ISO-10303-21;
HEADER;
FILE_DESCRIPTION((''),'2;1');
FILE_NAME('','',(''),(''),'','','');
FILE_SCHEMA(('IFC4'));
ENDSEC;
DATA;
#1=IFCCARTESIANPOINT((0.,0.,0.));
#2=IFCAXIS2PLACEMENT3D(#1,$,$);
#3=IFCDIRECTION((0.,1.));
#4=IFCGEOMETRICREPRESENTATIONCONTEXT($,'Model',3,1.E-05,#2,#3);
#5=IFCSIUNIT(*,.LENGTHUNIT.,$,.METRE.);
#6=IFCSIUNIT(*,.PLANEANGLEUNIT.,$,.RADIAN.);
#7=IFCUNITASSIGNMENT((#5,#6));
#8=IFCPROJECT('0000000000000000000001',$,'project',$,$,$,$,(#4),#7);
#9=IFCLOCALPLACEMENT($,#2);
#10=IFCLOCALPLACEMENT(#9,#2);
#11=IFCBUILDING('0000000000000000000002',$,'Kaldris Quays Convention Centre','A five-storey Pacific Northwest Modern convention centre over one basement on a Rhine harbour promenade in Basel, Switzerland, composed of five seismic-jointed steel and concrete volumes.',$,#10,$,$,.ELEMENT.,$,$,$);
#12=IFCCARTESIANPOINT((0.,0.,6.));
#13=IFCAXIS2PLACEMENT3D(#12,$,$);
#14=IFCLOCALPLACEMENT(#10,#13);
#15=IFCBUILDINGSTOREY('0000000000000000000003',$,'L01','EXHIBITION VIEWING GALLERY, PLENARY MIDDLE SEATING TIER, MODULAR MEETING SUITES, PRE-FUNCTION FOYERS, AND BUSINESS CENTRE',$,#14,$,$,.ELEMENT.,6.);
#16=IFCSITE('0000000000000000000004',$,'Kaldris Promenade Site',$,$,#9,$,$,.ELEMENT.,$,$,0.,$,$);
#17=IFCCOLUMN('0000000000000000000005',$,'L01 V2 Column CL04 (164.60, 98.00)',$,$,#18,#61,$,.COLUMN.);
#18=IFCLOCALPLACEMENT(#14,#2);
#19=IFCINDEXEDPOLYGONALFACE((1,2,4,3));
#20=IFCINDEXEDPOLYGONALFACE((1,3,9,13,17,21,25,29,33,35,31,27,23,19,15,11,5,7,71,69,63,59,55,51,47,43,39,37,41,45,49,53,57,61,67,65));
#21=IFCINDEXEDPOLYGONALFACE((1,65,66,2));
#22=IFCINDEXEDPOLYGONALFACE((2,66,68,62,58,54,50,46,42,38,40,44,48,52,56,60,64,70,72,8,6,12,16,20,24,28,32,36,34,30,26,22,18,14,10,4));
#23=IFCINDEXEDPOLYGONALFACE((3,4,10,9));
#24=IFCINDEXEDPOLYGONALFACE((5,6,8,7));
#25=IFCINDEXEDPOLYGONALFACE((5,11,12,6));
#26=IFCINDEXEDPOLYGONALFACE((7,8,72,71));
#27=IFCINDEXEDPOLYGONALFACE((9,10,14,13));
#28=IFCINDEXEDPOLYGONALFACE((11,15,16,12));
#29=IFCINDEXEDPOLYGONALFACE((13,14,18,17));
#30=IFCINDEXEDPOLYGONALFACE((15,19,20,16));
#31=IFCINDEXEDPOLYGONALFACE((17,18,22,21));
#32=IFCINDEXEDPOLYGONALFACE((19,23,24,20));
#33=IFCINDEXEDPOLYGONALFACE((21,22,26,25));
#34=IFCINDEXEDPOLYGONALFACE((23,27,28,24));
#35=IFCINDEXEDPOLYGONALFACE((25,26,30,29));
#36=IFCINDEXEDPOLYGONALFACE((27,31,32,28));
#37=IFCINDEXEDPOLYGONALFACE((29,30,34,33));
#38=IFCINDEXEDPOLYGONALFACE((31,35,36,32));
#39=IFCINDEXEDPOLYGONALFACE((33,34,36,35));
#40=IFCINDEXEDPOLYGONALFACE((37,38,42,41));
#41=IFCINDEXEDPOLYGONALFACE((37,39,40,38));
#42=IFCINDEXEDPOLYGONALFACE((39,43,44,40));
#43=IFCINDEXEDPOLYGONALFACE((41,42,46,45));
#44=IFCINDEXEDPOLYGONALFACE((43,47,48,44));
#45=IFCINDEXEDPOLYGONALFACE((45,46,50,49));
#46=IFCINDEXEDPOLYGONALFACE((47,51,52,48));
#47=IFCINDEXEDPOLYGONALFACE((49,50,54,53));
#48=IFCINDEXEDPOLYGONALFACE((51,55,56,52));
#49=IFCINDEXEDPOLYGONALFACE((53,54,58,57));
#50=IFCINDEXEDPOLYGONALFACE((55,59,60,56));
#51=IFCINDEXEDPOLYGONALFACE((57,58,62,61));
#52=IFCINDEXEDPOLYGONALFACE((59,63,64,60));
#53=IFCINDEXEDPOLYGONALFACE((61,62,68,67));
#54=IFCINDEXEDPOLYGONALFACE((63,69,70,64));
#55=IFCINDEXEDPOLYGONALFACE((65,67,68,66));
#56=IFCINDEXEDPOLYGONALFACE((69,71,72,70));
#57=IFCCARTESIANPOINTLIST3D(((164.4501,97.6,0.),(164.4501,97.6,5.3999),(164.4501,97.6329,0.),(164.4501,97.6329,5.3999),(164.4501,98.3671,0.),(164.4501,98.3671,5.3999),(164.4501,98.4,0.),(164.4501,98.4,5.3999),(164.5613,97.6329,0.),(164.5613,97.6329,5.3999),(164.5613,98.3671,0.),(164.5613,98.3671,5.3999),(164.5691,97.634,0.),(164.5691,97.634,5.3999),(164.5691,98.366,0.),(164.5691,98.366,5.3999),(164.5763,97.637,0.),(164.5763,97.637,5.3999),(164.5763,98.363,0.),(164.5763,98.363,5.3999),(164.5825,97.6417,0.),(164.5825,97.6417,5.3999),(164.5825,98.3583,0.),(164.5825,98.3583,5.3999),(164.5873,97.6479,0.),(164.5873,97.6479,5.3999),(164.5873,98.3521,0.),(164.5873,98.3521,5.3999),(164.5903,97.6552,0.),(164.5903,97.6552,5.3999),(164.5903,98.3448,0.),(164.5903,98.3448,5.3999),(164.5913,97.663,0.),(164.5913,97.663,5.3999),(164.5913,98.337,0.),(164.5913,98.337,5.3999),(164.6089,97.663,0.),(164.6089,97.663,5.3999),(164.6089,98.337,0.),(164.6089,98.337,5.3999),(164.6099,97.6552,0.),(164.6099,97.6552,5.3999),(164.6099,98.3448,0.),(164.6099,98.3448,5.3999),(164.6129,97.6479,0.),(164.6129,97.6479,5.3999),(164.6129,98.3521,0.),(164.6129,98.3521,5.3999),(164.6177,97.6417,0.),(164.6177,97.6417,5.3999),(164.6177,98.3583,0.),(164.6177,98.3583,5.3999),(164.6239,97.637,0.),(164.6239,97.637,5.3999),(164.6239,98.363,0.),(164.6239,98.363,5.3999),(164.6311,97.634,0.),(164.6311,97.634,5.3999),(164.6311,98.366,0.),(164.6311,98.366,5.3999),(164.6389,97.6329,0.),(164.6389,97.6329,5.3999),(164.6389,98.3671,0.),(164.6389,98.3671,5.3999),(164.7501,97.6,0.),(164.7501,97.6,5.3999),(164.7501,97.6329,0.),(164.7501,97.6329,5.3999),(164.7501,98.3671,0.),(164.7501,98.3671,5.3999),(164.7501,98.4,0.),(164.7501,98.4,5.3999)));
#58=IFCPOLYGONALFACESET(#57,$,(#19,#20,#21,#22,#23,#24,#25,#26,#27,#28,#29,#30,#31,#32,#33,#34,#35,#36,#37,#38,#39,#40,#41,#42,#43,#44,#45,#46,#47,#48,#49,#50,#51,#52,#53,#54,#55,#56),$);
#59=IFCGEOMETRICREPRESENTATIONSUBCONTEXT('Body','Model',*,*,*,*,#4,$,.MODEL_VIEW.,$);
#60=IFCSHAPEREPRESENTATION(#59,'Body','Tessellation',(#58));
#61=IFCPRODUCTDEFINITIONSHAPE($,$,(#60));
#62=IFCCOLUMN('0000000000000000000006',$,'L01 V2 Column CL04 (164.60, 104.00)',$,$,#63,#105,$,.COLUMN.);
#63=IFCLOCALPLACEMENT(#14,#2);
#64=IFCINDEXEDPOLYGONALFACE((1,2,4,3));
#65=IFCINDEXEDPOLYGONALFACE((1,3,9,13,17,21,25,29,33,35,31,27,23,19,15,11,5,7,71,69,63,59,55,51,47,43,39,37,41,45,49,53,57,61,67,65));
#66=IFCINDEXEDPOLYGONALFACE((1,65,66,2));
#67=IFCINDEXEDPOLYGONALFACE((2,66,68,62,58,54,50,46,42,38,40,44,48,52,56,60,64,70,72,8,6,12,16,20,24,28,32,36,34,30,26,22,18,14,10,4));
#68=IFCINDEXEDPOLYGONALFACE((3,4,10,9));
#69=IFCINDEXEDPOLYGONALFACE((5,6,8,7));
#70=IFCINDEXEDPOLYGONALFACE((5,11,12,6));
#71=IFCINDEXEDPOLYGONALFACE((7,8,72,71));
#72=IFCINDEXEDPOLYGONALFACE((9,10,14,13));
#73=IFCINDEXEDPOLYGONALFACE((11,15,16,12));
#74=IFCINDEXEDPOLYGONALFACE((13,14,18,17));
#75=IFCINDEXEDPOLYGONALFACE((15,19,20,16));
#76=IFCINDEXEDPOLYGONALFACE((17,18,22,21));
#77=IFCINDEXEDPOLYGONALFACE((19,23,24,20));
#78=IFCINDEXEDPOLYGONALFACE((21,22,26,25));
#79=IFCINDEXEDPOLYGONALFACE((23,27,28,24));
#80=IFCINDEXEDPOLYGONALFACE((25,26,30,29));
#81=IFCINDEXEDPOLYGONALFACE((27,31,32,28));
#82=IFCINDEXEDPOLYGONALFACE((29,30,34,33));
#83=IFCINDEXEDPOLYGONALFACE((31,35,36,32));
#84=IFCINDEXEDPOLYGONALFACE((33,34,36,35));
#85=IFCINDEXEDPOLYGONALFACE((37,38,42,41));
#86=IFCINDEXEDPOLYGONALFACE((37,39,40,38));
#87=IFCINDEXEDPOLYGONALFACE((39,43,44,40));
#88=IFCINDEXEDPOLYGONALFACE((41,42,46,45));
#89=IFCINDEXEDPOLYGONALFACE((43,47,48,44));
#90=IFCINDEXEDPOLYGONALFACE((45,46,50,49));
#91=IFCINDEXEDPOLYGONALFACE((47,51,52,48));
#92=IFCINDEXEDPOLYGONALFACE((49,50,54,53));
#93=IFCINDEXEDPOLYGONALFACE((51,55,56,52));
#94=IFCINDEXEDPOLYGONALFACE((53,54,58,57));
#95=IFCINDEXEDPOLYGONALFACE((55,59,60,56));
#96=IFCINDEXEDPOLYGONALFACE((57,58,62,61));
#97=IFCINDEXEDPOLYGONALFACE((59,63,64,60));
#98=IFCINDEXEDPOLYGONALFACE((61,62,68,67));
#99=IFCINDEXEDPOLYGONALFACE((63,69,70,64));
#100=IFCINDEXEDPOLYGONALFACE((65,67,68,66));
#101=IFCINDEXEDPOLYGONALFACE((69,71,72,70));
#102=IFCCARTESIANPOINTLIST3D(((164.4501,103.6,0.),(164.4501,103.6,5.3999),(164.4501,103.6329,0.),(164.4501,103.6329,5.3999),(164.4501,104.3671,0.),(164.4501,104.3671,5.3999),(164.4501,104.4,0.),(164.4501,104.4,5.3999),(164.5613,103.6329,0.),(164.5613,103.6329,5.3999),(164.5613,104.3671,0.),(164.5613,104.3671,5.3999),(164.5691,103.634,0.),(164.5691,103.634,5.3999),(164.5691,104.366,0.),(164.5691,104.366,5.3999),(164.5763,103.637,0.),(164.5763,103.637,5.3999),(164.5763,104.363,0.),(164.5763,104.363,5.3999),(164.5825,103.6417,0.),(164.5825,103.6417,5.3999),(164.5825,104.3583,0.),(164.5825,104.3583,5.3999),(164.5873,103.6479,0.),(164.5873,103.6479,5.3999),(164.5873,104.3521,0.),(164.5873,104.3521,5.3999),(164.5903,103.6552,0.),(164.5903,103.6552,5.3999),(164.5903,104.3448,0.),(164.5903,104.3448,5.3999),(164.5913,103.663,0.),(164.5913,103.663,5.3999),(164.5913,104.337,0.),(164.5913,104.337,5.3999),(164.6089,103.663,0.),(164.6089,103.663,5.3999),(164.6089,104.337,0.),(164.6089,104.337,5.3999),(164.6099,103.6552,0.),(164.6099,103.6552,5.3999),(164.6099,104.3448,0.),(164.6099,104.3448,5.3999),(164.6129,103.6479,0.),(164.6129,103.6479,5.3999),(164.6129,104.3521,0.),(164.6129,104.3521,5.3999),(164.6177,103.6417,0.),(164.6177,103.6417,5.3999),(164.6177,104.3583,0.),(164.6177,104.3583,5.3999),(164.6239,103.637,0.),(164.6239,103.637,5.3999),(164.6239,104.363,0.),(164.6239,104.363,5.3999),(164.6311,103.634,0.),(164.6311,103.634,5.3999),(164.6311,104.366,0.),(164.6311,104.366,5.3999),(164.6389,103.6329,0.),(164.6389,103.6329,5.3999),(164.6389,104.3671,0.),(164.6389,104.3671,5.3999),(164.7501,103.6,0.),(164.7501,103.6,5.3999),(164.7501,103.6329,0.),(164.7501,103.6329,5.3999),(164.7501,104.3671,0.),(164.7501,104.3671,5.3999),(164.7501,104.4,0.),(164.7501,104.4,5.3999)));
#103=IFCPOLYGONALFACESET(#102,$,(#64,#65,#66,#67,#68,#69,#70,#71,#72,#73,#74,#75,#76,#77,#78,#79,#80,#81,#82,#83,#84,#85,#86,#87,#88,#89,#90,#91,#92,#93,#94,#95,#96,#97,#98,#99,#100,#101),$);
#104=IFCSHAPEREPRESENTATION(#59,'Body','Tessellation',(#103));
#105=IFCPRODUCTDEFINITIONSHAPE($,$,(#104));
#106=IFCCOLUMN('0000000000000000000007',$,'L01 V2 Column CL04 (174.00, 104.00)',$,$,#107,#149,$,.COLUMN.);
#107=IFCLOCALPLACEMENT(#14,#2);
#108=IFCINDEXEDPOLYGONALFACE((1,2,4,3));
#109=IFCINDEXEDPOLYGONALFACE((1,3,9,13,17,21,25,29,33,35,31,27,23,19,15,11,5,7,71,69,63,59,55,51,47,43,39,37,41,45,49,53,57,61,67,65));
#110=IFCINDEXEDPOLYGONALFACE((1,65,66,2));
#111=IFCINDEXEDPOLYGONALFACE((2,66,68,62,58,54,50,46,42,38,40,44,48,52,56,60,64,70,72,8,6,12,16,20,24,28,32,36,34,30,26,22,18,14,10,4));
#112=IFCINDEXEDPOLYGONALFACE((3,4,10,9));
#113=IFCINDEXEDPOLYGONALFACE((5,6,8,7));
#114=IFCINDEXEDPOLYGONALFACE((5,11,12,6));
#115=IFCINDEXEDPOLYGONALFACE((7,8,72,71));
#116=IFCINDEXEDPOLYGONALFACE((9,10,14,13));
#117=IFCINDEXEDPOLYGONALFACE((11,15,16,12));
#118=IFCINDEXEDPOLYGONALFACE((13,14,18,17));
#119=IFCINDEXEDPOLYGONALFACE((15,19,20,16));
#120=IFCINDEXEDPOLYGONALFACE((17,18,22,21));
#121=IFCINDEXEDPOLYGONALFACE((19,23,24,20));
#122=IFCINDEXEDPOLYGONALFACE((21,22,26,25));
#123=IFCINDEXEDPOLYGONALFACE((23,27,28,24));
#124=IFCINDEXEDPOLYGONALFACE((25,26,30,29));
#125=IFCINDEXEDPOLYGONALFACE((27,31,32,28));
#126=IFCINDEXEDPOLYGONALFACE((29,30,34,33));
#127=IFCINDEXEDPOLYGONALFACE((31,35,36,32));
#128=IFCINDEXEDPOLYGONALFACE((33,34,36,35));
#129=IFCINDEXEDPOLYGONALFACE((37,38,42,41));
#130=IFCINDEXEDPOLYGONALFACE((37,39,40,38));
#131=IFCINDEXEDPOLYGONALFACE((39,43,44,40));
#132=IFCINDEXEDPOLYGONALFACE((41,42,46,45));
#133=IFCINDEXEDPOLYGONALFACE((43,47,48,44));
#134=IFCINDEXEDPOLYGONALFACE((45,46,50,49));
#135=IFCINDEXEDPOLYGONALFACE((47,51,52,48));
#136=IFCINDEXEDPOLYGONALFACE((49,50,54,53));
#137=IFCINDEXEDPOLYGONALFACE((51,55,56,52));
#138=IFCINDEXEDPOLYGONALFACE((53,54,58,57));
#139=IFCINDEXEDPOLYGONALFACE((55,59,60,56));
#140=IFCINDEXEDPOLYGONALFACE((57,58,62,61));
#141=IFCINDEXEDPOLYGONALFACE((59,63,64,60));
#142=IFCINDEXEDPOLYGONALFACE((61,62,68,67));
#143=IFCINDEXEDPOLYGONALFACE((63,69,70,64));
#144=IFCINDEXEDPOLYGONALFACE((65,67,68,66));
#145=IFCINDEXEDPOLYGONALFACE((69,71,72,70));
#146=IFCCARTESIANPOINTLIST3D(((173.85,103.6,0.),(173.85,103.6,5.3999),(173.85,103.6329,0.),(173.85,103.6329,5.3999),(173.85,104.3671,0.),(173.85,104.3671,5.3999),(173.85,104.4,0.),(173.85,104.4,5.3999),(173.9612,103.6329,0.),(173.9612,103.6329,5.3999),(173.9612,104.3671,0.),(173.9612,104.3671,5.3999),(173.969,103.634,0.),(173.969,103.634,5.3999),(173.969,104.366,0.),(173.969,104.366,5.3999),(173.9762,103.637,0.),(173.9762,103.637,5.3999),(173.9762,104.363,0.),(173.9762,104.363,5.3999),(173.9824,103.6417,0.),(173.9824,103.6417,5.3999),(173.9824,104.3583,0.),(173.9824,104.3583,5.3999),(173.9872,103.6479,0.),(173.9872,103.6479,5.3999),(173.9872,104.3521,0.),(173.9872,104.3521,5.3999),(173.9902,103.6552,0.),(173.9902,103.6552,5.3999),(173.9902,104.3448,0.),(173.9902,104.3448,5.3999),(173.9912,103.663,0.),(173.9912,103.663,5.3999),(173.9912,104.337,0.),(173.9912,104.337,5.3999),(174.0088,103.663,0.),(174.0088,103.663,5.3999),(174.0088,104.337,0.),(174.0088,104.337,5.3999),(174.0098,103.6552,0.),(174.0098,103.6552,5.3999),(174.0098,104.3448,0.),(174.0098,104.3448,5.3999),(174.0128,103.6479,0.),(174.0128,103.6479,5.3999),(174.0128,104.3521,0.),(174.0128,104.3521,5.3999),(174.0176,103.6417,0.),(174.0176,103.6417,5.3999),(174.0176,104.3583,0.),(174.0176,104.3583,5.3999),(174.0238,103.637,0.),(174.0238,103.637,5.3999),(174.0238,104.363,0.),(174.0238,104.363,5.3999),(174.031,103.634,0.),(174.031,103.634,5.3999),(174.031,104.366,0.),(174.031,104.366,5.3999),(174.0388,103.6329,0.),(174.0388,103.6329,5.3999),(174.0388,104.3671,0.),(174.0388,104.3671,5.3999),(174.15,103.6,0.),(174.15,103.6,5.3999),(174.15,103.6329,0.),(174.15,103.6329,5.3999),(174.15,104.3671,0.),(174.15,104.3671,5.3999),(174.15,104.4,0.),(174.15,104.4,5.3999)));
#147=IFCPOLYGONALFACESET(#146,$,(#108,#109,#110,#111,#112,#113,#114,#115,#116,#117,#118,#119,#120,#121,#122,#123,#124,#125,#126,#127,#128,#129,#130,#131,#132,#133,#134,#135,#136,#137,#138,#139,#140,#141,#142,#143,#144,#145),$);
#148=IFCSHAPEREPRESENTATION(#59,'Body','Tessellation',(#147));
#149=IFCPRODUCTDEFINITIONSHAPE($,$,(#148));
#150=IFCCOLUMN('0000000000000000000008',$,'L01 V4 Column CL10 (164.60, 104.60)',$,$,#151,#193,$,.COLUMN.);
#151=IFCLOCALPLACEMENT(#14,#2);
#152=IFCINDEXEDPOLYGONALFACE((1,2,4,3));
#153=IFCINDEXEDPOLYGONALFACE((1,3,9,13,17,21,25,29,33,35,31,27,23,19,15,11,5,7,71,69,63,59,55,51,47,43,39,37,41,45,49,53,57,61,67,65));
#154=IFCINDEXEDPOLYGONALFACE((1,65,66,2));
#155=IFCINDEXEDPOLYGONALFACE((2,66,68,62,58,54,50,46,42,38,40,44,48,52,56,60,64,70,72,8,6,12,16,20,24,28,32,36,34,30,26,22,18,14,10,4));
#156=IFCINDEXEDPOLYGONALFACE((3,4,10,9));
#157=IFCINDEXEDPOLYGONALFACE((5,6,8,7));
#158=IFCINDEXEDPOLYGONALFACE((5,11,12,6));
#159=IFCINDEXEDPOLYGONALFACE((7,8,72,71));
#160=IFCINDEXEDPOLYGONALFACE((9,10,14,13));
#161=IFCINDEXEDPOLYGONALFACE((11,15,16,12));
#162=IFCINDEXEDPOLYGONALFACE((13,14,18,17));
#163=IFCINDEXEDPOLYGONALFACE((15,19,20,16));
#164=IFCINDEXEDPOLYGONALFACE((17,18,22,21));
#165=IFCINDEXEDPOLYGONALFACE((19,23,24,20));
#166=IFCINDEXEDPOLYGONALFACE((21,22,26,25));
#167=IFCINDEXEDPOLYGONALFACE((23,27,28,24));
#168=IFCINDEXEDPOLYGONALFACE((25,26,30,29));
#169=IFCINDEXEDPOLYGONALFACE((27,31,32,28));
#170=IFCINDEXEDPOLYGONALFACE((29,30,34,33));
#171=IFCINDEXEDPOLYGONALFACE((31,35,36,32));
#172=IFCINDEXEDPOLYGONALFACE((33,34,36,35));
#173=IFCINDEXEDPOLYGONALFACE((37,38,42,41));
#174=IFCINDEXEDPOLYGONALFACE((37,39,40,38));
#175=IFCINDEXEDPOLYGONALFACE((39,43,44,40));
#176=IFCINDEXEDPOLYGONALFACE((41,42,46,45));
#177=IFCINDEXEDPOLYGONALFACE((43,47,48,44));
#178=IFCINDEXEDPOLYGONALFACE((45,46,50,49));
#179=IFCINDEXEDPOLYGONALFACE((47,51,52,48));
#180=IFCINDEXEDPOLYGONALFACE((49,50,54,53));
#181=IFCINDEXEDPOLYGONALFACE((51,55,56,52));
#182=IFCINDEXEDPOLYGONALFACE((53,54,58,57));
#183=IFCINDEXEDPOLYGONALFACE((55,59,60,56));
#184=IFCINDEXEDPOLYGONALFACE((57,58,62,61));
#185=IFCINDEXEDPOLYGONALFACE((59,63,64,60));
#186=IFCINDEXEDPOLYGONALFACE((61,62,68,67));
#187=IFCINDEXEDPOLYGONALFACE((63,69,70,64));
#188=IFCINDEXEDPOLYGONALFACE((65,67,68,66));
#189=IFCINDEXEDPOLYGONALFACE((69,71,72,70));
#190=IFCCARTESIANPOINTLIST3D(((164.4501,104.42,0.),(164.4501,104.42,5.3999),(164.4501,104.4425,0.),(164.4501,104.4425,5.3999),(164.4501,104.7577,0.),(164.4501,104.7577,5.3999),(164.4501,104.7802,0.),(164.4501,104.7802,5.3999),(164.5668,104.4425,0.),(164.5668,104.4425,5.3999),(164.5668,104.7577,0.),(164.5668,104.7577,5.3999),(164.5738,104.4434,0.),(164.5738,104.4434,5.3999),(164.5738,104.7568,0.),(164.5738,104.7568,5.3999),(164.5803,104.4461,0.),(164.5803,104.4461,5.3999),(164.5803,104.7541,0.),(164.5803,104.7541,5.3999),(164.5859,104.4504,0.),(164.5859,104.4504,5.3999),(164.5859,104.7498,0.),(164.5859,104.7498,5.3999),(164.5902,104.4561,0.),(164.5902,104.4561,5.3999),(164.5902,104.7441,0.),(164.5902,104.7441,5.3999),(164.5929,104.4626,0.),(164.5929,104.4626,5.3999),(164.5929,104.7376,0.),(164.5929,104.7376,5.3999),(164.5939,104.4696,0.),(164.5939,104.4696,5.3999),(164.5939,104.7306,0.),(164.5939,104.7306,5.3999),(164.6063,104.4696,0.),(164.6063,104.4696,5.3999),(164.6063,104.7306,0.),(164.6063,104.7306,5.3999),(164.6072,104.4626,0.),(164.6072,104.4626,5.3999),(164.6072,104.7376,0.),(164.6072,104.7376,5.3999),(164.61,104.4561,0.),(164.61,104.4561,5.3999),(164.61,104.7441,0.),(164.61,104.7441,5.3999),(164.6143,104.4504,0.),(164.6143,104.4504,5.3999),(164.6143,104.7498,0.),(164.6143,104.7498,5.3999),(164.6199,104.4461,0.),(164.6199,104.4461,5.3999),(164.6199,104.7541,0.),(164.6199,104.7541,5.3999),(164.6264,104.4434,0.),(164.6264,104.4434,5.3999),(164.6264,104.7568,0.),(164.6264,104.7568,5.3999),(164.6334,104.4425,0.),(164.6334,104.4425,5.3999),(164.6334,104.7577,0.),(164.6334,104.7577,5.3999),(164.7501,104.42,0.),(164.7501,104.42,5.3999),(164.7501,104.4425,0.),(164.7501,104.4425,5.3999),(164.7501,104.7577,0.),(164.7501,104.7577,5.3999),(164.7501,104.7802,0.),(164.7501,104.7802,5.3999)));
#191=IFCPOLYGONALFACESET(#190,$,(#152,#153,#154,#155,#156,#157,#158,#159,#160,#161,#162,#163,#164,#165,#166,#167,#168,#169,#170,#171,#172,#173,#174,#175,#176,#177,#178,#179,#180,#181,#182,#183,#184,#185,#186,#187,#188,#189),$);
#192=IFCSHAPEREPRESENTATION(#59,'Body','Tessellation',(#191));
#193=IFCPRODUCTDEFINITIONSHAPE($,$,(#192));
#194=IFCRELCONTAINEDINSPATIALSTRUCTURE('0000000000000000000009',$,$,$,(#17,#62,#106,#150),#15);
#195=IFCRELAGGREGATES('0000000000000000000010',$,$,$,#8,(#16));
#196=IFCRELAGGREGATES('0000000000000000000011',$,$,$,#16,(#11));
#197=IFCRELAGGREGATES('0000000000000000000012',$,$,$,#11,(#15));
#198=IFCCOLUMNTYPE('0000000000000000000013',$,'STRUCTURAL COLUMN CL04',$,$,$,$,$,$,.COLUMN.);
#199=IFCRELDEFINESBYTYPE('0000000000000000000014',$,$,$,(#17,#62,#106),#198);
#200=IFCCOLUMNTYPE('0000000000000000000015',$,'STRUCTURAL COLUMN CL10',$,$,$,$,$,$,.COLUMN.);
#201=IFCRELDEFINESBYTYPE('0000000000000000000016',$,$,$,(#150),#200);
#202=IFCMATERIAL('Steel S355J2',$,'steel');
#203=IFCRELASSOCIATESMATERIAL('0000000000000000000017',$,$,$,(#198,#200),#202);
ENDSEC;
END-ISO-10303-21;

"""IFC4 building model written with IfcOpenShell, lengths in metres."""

from ifc_helpers import new_model, si_unit, direction, frame, origin, origin_2d, place, context, subcontext, project, spatial, i_section, extrude, material, material_profile, profile_set, type_object, element, save


model = new_model("IFC4")

# Units and contexts
model_context = context("Model", 3, precision=1e-05, world=origin(), true_north=direction((0.0, 1.0)))
body_context = subcontext(model_context, "Body", "Model", "MODEL_VIEW")
ifc_project = project(units=[si_unit("LENGTHUNIT", "METRE"), si_unit("PLANEANGLEUNIT", "RADIAN")], contexts=[model_context])

# Site, building, storey
site_placement = place(None, origin())
site = spatial("IfcSite", under=ifc_project, at=site_placement, Name="Kaldris Promenade Site", CompositionType="ELEMENT", RefElevation=0.0)
building_placement = place(site_placement, origin())
building = spatial("IfcBuilding", under=site, at=building_placement, Name="Kaldris Quays Convention Centre", Description="A five-storey Pacific Northwest Modern convention centre over one basement on a Rhine harbour promenade in Basel, Switzerland, composed of five seismic-jointed steel and concrete volumes.", CompositionType="ELEMENT")
storey_placement = place(building_placement, frame((0.0, 0.0, 6.0)))
storey = spatial("IfcBuildingStorey", under=building, at=storey_placement, Name="L01", Description="EXHIBITION VIEWING GALLERY, PLENARY MIDDLE SEATING TIER, MODULAR MEETING SUITES, PRE-FUNCTION FOYERS, AND BUSINESS CENTRE", CompositionType="ELEMENT", Elevation=6.0)

# Columns
ifc_material_1 = material(Name="Steel S355J2", Category="steel")
ifc_material_profile_1 = material_profile(ifc_material_1, i_section(OverallWidth=0.3, OverallDepth=0.8, WebThickness=0.0176, FlangeThickness=0.033, FilletRadius=0.03, at=origin_2d()), Name="HEB 800")
ifc_profile_set_1 = profile_set([ifc_material_profile_1], Name="Steel S355J2")
column_type_1 = type_object("IfcColumnType", Name="STRUCTURAL COLUMN CL04", PredefinedType="COLUMN", material=ifc_profile_set_1)
for number, where, z_axis, x_axis, name in (
    (1, (164.6001, 98.0, 0.0), (0.0, 0.0, 1.0), (1.0, 0.0, 0.0), "L01 V2 Column CL04 (164.60, 98.00)"),
    (2, (164.6001, 104.0, 0.0), (0.0, 0.0, 1.0), (1.0, 0.0, 0.0), "L01 V2 Column CL04 (164.60, 104.00)"),
    (3, (174.0, 104.0, 0.0), (0.0, 0.0, 1.0), (1.0, 0.0, 0.0), "L01 V2 Column CL04 (174.00, 104.00)"),
):
    element("IfcColumn", number, at=place(storey_placement, frame(where, z_axis=z_axis, x_axis=x_axis)), inside=storey, type_object=column_type_1, Name=name, PredefinedType="COLUMN", context=body_context, shape_type="SweptSolid", body=[
        extrude(i_section(OverallWidth=0.3, OverallDepth=0.8, WebThickness=0.0176, FlangeThickness=0.033, FilletRadius=0.03, at=origin_2d()), origin(), (0.0, 0.0, 1.0), 5.3999),
    ])
ifc_material_profile_2 = material_profile(ifc_material_1, i_section(OverallWidth=0.3, OverallDepth=0.3601, WebThickness=0.0125, FlangeThickness=0.0225, FilletRadius=0.0271, at=origin_2d()), Name="HEB 360")
ifc_profile_set_2 = profile_set([ifc_material_profile_2], Name="Steel S355J2")
column_type_2 = type_object("IfcColumnType", Name="STRUCTURAL COLUMN CL10", PredefinedType="COLUMN", material=ifc_profile_set_2)
column_placement = place(storey_placement, frame((164.6001, 104.6001, 0.0), z_axis=(0.0, 0.0, 1.0), x_axis=(1.0, 0.0, 0.0)))
element("IfcColumn", 4, at=column_placement, inside=storey, type_object=column_type_2, Name="L01 V4 Column CL10 (164.60, 104.60)", PredefinedType="COLUMN", context=body_context, shape_type="SweptSolid", body=[
    extrude(i_section(OverallWidth=0.3, OverallDepth=0.3601, WebThickness=0.0125, FlangeThickness=0.0225, FilletRadius=0.0271, at=origin_2d()), origin(), (0.0, 0.0, 1.0), 5.3999),
])

save(model, "model.ifc")
